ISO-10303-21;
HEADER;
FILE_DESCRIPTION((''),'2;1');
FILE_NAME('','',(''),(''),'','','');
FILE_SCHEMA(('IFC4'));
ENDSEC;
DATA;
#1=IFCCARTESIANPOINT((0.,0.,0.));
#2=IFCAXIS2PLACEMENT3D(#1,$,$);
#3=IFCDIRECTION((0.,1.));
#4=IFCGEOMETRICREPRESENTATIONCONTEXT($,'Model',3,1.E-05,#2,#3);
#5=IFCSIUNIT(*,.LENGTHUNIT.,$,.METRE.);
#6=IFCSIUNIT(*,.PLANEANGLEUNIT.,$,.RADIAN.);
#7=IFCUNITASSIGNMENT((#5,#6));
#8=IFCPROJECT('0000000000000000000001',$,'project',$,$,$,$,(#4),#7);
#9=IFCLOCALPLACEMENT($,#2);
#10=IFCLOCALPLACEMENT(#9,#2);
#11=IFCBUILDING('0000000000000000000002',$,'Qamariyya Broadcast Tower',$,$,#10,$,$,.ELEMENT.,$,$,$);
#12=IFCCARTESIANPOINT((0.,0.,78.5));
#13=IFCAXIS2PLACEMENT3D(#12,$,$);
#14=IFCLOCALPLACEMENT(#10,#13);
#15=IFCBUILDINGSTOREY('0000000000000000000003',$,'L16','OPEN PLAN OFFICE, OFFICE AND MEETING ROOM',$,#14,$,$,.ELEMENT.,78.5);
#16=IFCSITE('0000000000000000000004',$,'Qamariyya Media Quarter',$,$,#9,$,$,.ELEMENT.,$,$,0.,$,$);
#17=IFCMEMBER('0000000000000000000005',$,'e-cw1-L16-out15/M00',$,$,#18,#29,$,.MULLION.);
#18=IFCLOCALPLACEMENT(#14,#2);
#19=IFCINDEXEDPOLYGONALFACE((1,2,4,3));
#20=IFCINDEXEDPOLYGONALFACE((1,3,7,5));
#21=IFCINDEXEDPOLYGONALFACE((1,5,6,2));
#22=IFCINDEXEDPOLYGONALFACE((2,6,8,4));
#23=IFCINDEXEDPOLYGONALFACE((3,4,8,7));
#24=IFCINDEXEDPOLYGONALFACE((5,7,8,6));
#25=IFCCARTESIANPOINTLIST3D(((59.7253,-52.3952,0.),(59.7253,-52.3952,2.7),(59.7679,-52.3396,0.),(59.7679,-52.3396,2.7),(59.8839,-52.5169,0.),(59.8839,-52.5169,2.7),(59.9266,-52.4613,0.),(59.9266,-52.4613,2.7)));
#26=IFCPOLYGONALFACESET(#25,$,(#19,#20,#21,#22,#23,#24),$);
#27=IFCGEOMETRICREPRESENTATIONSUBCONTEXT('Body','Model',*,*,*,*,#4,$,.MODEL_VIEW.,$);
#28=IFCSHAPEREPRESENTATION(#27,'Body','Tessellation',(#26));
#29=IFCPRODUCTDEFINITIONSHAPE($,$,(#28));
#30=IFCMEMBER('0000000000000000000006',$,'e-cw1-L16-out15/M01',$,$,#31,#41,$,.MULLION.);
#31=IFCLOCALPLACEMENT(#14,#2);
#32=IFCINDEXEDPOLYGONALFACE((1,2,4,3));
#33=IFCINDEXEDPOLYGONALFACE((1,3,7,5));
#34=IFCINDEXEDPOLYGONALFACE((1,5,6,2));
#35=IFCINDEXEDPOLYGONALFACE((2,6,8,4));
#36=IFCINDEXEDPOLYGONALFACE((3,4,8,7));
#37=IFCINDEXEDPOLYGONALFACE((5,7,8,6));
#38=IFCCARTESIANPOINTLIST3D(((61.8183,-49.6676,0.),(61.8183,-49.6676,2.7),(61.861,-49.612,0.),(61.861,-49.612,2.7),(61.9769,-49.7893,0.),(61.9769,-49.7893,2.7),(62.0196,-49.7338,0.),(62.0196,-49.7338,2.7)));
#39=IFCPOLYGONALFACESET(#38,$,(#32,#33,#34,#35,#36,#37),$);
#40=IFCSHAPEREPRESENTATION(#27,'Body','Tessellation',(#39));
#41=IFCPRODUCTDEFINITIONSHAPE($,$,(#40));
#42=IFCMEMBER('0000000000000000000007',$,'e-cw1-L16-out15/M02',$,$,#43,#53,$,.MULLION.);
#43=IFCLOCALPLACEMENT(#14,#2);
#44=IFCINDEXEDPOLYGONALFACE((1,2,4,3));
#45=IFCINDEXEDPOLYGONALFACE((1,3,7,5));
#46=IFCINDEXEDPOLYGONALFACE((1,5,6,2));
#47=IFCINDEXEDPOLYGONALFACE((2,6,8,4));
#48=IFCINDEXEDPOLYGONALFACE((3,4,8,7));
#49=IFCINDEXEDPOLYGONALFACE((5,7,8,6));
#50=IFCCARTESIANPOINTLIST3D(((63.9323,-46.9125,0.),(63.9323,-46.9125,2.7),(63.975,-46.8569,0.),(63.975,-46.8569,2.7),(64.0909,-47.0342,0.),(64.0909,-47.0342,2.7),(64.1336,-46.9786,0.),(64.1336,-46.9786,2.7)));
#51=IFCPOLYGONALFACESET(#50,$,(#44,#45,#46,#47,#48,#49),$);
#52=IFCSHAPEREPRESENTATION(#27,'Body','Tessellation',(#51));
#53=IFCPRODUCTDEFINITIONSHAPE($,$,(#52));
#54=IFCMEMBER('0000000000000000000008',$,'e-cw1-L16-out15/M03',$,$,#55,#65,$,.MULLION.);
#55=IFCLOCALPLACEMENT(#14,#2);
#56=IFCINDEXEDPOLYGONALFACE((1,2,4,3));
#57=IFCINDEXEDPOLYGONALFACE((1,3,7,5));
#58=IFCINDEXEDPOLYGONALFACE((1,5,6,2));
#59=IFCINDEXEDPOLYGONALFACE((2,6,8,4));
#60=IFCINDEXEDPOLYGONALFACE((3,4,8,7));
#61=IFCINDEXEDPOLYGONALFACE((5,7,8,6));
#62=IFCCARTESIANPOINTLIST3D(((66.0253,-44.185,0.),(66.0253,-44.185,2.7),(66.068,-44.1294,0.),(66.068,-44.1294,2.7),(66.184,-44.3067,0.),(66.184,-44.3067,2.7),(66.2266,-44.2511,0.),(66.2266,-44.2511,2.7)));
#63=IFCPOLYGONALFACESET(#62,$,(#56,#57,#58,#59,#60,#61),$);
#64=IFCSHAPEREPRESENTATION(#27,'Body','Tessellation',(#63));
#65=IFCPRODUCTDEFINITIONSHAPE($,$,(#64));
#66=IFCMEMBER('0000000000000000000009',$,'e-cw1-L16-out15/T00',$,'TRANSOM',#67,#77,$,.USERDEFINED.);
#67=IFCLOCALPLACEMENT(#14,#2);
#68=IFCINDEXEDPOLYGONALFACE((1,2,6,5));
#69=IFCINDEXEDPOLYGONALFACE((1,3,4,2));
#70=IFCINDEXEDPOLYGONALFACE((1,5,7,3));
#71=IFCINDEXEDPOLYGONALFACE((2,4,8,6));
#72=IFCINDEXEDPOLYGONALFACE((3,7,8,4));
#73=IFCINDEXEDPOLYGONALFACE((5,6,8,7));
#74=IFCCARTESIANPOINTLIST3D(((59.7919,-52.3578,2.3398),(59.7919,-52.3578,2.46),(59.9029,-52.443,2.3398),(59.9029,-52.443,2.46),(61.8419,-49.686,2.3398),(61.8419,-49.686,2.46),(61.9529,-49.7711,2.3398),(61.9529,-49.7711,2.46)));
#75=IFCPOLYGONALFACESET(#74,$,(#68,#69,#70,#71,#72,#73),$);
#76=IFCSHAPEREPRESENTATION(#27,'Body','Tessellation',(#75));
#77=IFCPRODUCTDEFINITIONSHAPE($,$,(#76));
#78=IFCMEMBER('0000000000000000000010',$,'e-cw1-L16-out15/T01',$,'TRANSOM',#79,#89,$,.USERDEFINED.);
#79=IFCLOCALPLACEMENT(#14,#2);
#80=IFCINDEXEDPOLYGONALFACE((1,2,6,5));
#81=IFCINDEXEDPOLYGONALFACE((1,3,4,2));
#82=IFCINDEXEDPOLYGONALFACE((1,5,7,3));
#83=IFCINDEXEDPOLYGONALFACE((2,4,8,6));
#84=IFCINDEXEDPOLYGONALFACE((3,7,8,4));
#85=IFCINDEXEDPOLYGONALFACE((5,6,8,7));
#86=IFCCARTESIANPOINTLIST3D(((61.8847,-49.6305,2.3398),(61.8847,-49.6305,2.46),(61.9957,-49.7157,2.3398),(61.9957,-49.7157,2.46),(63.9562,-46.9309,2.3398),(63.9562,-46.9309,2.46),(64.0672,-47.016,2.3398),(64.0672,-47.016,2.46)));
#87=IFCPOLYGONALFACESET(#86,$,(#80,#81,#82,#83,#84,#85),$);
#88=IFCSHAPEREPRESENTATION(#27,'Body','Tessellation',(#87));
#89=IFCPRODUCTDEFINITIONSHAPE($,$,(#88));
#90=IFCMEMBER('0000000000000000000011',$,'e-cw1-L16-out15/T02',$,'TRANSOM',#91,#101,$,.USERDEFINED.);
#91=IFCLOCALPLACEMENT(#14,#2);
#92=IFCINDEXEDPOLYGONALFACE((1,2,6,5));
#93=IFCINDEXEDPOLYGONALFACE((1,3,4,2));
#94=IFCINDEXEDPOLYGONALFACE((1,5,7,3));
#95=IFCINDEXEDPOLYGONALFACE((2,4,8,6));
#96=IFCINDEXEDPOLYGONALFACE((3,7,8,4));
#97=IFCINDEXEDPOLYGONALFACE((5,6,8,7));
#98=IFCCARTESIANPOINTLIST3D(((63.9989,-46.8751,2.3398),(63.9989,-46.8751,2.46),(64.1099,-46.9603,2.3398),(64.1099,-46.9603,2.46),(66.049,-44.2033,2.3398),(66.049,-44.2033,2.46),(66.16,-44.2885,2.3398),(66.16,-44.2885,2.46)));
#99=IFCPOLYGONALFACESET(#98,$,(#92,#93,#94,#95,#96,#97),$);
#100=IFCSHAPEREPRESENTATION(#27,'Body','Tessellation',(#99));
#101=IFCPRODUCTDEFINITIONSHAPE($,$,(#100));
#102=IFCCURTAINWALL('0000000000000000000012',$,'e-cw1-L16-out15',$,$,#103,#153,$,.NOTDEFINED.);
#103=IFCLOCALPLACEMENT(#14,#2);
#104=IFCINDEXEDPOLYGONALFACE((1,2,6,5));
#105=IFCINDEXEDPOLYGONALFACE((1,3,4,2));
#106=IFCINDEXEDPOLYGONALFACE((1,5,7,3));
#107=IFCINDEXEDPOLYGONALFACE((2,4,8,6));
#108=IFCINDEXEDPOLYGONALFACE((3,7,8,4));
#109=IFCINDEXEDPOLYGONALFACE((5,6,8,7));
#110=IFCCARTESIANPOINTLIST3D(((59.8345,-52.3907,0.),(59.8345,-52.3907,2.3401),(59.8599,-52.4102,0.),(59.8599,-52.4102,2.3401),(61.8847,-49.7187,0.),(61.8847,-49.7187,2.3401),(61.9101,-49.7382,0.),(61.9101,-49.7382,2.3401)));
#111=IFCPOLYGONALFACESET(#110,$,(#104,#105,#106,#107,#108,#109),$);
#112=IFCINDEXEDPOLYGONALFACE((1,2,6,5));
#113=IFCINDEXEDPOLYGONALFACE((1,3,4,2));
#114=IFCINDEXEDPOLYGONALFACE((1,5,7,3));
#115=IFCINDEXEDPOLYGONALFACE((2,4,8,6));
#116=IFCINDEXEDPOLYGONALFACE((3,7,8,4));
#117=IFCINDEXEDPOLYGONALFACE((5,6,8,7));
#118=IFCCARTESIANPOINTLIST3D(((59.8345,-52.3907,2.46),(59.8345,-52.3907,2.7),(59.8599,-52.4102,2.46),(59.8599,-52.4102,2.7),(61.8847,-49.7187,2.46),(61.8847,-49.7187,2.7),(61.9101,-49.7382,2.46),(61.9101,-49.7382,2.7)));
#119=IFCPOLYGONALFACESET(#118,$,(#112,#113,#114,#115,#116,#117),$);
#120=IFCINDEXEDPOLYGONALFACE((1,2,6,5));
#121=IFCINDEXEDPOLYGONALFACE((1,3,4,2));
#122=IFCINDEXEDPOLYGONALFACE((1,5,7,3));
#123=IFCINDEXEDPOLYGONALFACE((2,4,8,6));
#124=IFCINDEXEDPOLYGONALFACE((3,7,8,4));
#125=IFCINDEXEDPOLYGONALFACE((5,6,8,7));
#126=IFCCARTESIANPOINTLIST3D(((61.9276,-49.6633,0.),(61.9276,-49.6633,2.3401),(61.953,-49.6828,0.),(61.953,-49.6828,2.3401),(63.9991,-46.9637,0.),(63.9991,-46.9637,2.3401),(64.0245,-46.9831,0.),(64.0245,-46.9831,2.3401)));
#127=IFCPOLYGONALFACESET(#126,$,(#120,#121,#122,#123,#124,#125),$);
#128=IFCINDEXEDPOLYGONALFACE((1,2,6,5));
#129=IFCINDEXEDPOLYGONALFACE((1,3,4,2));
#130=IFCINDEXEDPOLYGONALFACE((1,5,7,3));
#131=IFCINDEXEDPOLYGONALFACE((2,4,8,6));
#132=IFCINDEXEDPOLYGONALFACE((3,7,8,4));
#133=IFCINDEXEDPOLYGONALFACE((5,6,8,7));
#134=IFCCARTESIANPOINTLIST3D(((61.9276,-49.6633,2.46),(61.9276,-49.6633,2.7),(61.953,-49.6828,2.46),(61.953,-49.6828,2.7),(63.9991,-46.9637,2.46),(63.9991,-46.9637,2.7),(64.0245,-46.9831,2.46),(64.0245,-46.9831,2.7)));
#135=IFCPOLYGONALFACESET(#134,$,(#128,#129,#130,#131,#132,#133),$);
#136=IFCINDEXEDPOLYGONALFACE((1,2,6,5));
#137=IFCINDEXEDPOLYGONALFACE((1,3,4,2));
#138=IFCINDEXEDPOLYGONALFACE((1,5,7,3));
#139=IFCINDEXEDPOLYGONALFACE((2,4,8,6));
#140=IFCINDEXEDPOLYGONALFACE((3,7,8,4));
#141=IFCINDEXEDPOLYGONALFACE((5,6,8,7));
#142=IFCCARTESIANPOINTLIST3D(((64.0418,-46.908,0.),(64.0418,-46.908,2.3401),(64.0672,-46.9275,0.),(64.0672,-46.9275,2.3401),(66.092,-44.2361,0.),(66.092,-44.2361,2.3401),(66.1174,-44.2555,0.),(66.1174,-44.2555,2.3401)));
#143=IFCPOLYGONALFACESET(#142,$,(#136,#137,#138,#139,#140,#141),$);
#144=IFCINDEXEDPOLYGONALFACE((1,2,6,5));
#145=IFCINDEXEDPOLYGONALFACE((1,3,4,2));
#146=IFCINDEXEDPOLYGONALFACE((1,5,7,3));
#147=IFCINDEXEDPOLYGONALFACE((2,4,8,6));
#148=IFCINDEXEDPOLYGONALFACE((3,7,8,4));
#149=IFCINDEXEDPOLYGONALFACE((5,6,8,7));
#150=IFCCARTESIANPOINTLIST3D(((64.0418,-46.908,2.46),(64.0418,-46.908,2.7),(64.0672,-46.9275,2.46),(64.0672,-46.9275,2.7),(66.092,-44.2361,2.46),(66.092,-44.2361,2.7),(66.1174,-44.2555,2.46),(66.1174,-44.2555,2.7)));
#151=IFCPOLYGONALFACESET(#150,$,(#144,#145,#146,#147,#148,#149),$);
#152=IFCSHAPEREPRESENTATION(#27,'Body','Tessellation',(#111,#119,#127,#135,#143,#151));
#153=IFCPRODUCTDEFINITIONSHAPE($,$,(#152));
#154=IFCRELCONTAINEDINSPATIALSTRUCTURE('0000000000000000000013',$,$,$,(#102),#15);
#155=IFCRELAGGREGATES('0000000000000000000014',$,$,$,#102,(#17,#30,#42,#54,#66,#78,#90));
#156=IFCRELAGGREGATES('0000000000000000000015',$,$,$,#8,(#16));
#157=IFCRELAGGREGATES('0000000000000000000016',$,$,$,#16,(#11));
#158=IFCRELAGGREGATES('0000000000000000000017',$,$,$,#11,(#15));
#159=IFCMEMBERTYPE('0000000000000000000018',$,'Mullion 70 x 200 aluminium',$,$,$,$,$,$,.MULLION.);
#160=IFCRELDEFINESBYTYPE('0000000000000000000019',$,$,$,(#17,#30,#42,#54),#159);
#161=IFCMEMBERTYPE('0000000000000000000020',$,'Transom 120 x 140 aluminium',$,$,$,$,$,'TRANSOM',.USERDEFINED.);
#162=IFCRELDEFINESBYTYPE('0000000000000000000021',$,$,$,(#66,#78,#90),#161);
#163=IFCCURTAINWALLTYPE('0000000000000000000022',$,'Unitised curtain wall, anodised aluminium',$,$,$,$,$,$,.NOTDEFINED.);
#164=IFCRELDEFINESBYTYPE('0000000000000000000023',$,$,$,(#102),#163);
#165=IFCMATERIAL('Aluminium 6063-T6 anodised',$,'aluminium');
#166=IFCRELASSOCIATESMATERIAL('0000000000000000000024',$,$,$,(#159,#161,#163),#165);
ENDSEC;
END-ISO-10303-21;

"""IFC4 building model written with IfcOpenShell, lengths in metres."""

from ifc_helpers import new_model, si_unit, direction, frame, origin, origin_2d, place, context, subcontext, project, spatial, rectangle, extrude, material, material_profile, profile_set, type_object, element, aggregate, save


model = new_model("IFC4")

# Units and contexts
model_context = context("Model", 3, precision=1e-05, world=origin(), true_north=direction((0.0, 1.0)))
body_context = subcontext(model_context, "Body", "Model", "MODEL_VIEW")
ifc_project = project(units=[si_unit("LENGTHUNIT", "METRE"), si_unit("PLANEANGLEUNIT", "RADIAN")], contexts=[model_context])

# Members
ifc_material = material(Name="Aluminium 6063-T6 anodised", Category="aluminium")
ifc_material_profile_1 = material_profile(ifc_material, rectangle(XDim=0.2, YDim=0.0701, at=origin_2d()))
ifc_profile_set_1 = profile_set([ifc_material_profile_1], Name="Aluminium 6063-T6 anodised")
member_type_1 = type_object("IfcMemberType", Name="Mullion 70 x 200 aluminium", PredefinedType="MULLION", material=ifc_profile_set_1)
site_placement = place(None, origin())
building_placement = place(site_placement, origin())
storey_placement = place(building_placement, frame((0.0, 0.0, 78.5)))
member_1_placement = place(storey_placement, frame((59.8259, -52.4282, 0.0), z_axis=(0.0, 0.0, 1.0), x_axis=(-0.793353, 0.608761, 0.0)))
member_1 = element("IfcMember", 1, at=member_1_placement, type_object=member_type_1, Name="e-cw1-L16-out15/M00", PredefinedType="MULLION", context=body_context, shape_type="SweptSolid", body=[
    extrude(rectangle(XDim=0.2, YDim=0.0701, at=origin_2d()), origin(), (0.0, 0.0, 1.0), 2.7),
])
member_2_placement = place(storey_placement, frame((61.9189, -49.7007, 0.0), z_axis=(0.0, 0.0, 1.0), x_axis=(-0.793353, 0.608761, 0.0)))
member_2 = element("IfcMember", 2, at=member_2_placement, type_object=member_type_1, Name="e-cw1-L16-out15/M01", PredefinedType="MULLION", context=body_context, shape_type="SweptSolid", body=[
    extrude(rectangle(XDim=0.2, YDim=0.0701, at=origin_2d()), origin(), (0.0, 0.0, 1.0), 2.7),
])
member_3_placement = place(storey_placement, frame((64.033, -46.9456, 0.0), z_axis=(0.0, 0.0, 1.0), x_axis=(-0.793353, 0.608761, 0.0)))
member_3 = element("IfcMember", 3, at=member_3_placement, type_object=member_type_1, Name="e-cw1-L16-out15/M02", PredefinedType="MULLION", context=body_context, shape_type="SweptSolid", body=[
    extrude(rectangle(XDim=0.2, YDim=0.0701, at=origin_2d()), origin(), (0.0, 0.0, 1.0), 2.7),
])
member_4_placement = place(storey_placement, frame((66.126, -44.218, 0.0), z_axis=(0.0, 0.0, 1.0), x_axis=(-0.793353, 0.608761, 0.0)))
member_4 = element("IfcMember", 4, at=member_4_placement, type_object=member_type_1, Name="e-cw1-L16-out15/M03", PredefinedType="MULLION", context=body_context, shape_type="SweptSolid", body=[
    extrude(rectangle(XDim=0.2, YDim=0.0701, at=origin_2d()), origin(), (0.0, 0.0, 1.0), 2.7),
])
ifc_material_profile_2 = material_profile(ifc_material, rectangle(XDim=0.1399, YDim=0.1201, at=origin_2d()))
ifc_profile_set_2 = profile_set([ifc_material_profile_2], Name="Aluminium 6063-T6 anodised")
member_type_2 = type_object("IfcMemberType", Name="Transom 120 x 140 aluminium", ElementType="TRANSOM", PredefinedType="USERDEFINED", material=ifc_profile_set_2)
member_5_placement = place(storey_placement, frame((59.8474, -52.4004, 2.3999), z_axis=(0.608733, 0.793375, 0.0), x_axis=(-0.793375, 0.608733, 0.0)))
member_5 = element("IfcMember", 5, at=member_5_placement, type_object=member_type_2, Name="e-cw1-L16-out15/T00", ObjectType="TRANSOM", PredefinedType="USERDEFINED", context=body_context, shape_type="SweptSolid", body=[
    extrude(rectangle(XDim=0.1399, YDim=0.1201, at=origin_2d()), origin(), (0.0, 0.0, 1.0), 3.3677),
])
member_6_placement = place(storey_placement, frame((61.9402, -49.6731, 2.3999), z_axis=(0.608757, 0.793357, 0.0), x_axis=(-0.793357, 0.608757, 0.0)))
member_6 = element("IfcMember", 6, at=member_6_placement, type_object=member_type_2, Name="e-cw1-L16-out15/T01", ObjectType="TRANSOM", PredefinedType="USERDEFINED", context=body_context, shape_type="SweptSolid", body=[
    extrude(rectangle(XDim=0.1399, YDim=0.1201, at=origin_2d()), origin(), (0.0, 0.0, 1.0), 3.4028),
])
member_7_placement = place(storey_placement, frame((64.0544, -46.9177, 2.3999), z_axis=(0.608733, 0.793375, 0.0), x_axis=(-0.793375, 0.608733, 0.0)))
member_7 = element("IfcMember", 7, at=member_7_placement, type_object=member_type_2, Name="e-cw1-L16-out15/T02", ObjectType="TRANSOM", PredefinedType="USERDEFINED", context=body_context, shape_type="SweptSolid", body=[
    extrude(rectangle(XDim=0.1399, YDim=0.1201, at=origin_2d()), origin(), (0.0, 0.0, 1.0), 3.3677),
])

# Site, building, storey
site = spatial("IfcSite", under=ifc_project, at=site_placement, Name="Qamariyya Media Quarter", CompositionType="ELEMENT", RefElevation=0.0)
building = spatial("IfcBuilding", under=site, at=building_placement, Name="Qamariyya Broadcast Tower", CompositionType="ELEMENT")
storey = spatial("IfcBuildingStorey", under=building, at=storey_placement, Name="L16", Description="OPEN PLAN OFFICE, OFFICE AND MEETING ROOM", CompositionType="ELEMENT", Elevation=78.5)

# Curtain wall
curtain_wall_type = type_object("IfcCurtainWallType", Name="Unitised curtain wall, anodised aluminium", PredefinedType="NOTDEFINED", material=ifc_material)
curtain_wall_1_placement = place(storey_placement, origin())
curtain_wall_1 = element("IfcCurtainWall", 8, at=curtain_wall_1_placement, inside=storey, type_object=curtain_wall_type, Name="e-cw1-L16-out15", PredefinedType="NOTDEFINED", context=body_context, shape_type="SweptSolid", body=[
    extrude(rectangle(XDim=3.3679, YDim=0.032, at=origin_2d()), frame((60.8723, -51.0645, 0.0), x_axis=(0.608756, 0.793358, 0.0)), (0.0, 0.0, 1.0), 2.3401),
    extrude(rectangle(XDim=3.3679, YDim=0.032, at=origin_2d()), frame((60.8723, -51.0645, 2.46), x_axis=(0.608756, 0.793358, 0.0)), (0.0, 0.0, 1.0), 0.24),
    extrude(rectangle(XDim=3.4028, YDim=0.032, at=origin_2d()), frame((62.9761, -48.3232, 0.0), x_axis=(0.608756, 0.793358, 0.0)), (0.0, 0.0, 1.0), 2.3401),
    extrude(rectangle(XDim=3.4028, YDim=0.032, at=origin_2d()), frame((62.9761, -48.3232, 2.46), x_axis=(0.608756, 0.793358, 0.0)), (0.0, 0.0, 1.0), 0.24),
    extrude(rectangle(XDim=3.3679, YDim=0.032, at=origin_2d()), frame((65.0796, -45.5818, 0.0), x_axis=(0.608756, 0.793358, 0.0)), (0.0, 0.0, 1.0), 2.3401),
    extrude(rectangle(XDim=3.3679, YDim=0.032, at=origin_2d()), frame((65.0796, -45.5818, 2.46), x_axis=(0.608756, 0.793358, 0.0)), (0.0, 0.0, 1.0), 0.24),
])
aggregate(curtain_wall_1, [member_1, member_2, member_3, member_4, member_5, member_6, member_7])

save(model, "model.ifc")
